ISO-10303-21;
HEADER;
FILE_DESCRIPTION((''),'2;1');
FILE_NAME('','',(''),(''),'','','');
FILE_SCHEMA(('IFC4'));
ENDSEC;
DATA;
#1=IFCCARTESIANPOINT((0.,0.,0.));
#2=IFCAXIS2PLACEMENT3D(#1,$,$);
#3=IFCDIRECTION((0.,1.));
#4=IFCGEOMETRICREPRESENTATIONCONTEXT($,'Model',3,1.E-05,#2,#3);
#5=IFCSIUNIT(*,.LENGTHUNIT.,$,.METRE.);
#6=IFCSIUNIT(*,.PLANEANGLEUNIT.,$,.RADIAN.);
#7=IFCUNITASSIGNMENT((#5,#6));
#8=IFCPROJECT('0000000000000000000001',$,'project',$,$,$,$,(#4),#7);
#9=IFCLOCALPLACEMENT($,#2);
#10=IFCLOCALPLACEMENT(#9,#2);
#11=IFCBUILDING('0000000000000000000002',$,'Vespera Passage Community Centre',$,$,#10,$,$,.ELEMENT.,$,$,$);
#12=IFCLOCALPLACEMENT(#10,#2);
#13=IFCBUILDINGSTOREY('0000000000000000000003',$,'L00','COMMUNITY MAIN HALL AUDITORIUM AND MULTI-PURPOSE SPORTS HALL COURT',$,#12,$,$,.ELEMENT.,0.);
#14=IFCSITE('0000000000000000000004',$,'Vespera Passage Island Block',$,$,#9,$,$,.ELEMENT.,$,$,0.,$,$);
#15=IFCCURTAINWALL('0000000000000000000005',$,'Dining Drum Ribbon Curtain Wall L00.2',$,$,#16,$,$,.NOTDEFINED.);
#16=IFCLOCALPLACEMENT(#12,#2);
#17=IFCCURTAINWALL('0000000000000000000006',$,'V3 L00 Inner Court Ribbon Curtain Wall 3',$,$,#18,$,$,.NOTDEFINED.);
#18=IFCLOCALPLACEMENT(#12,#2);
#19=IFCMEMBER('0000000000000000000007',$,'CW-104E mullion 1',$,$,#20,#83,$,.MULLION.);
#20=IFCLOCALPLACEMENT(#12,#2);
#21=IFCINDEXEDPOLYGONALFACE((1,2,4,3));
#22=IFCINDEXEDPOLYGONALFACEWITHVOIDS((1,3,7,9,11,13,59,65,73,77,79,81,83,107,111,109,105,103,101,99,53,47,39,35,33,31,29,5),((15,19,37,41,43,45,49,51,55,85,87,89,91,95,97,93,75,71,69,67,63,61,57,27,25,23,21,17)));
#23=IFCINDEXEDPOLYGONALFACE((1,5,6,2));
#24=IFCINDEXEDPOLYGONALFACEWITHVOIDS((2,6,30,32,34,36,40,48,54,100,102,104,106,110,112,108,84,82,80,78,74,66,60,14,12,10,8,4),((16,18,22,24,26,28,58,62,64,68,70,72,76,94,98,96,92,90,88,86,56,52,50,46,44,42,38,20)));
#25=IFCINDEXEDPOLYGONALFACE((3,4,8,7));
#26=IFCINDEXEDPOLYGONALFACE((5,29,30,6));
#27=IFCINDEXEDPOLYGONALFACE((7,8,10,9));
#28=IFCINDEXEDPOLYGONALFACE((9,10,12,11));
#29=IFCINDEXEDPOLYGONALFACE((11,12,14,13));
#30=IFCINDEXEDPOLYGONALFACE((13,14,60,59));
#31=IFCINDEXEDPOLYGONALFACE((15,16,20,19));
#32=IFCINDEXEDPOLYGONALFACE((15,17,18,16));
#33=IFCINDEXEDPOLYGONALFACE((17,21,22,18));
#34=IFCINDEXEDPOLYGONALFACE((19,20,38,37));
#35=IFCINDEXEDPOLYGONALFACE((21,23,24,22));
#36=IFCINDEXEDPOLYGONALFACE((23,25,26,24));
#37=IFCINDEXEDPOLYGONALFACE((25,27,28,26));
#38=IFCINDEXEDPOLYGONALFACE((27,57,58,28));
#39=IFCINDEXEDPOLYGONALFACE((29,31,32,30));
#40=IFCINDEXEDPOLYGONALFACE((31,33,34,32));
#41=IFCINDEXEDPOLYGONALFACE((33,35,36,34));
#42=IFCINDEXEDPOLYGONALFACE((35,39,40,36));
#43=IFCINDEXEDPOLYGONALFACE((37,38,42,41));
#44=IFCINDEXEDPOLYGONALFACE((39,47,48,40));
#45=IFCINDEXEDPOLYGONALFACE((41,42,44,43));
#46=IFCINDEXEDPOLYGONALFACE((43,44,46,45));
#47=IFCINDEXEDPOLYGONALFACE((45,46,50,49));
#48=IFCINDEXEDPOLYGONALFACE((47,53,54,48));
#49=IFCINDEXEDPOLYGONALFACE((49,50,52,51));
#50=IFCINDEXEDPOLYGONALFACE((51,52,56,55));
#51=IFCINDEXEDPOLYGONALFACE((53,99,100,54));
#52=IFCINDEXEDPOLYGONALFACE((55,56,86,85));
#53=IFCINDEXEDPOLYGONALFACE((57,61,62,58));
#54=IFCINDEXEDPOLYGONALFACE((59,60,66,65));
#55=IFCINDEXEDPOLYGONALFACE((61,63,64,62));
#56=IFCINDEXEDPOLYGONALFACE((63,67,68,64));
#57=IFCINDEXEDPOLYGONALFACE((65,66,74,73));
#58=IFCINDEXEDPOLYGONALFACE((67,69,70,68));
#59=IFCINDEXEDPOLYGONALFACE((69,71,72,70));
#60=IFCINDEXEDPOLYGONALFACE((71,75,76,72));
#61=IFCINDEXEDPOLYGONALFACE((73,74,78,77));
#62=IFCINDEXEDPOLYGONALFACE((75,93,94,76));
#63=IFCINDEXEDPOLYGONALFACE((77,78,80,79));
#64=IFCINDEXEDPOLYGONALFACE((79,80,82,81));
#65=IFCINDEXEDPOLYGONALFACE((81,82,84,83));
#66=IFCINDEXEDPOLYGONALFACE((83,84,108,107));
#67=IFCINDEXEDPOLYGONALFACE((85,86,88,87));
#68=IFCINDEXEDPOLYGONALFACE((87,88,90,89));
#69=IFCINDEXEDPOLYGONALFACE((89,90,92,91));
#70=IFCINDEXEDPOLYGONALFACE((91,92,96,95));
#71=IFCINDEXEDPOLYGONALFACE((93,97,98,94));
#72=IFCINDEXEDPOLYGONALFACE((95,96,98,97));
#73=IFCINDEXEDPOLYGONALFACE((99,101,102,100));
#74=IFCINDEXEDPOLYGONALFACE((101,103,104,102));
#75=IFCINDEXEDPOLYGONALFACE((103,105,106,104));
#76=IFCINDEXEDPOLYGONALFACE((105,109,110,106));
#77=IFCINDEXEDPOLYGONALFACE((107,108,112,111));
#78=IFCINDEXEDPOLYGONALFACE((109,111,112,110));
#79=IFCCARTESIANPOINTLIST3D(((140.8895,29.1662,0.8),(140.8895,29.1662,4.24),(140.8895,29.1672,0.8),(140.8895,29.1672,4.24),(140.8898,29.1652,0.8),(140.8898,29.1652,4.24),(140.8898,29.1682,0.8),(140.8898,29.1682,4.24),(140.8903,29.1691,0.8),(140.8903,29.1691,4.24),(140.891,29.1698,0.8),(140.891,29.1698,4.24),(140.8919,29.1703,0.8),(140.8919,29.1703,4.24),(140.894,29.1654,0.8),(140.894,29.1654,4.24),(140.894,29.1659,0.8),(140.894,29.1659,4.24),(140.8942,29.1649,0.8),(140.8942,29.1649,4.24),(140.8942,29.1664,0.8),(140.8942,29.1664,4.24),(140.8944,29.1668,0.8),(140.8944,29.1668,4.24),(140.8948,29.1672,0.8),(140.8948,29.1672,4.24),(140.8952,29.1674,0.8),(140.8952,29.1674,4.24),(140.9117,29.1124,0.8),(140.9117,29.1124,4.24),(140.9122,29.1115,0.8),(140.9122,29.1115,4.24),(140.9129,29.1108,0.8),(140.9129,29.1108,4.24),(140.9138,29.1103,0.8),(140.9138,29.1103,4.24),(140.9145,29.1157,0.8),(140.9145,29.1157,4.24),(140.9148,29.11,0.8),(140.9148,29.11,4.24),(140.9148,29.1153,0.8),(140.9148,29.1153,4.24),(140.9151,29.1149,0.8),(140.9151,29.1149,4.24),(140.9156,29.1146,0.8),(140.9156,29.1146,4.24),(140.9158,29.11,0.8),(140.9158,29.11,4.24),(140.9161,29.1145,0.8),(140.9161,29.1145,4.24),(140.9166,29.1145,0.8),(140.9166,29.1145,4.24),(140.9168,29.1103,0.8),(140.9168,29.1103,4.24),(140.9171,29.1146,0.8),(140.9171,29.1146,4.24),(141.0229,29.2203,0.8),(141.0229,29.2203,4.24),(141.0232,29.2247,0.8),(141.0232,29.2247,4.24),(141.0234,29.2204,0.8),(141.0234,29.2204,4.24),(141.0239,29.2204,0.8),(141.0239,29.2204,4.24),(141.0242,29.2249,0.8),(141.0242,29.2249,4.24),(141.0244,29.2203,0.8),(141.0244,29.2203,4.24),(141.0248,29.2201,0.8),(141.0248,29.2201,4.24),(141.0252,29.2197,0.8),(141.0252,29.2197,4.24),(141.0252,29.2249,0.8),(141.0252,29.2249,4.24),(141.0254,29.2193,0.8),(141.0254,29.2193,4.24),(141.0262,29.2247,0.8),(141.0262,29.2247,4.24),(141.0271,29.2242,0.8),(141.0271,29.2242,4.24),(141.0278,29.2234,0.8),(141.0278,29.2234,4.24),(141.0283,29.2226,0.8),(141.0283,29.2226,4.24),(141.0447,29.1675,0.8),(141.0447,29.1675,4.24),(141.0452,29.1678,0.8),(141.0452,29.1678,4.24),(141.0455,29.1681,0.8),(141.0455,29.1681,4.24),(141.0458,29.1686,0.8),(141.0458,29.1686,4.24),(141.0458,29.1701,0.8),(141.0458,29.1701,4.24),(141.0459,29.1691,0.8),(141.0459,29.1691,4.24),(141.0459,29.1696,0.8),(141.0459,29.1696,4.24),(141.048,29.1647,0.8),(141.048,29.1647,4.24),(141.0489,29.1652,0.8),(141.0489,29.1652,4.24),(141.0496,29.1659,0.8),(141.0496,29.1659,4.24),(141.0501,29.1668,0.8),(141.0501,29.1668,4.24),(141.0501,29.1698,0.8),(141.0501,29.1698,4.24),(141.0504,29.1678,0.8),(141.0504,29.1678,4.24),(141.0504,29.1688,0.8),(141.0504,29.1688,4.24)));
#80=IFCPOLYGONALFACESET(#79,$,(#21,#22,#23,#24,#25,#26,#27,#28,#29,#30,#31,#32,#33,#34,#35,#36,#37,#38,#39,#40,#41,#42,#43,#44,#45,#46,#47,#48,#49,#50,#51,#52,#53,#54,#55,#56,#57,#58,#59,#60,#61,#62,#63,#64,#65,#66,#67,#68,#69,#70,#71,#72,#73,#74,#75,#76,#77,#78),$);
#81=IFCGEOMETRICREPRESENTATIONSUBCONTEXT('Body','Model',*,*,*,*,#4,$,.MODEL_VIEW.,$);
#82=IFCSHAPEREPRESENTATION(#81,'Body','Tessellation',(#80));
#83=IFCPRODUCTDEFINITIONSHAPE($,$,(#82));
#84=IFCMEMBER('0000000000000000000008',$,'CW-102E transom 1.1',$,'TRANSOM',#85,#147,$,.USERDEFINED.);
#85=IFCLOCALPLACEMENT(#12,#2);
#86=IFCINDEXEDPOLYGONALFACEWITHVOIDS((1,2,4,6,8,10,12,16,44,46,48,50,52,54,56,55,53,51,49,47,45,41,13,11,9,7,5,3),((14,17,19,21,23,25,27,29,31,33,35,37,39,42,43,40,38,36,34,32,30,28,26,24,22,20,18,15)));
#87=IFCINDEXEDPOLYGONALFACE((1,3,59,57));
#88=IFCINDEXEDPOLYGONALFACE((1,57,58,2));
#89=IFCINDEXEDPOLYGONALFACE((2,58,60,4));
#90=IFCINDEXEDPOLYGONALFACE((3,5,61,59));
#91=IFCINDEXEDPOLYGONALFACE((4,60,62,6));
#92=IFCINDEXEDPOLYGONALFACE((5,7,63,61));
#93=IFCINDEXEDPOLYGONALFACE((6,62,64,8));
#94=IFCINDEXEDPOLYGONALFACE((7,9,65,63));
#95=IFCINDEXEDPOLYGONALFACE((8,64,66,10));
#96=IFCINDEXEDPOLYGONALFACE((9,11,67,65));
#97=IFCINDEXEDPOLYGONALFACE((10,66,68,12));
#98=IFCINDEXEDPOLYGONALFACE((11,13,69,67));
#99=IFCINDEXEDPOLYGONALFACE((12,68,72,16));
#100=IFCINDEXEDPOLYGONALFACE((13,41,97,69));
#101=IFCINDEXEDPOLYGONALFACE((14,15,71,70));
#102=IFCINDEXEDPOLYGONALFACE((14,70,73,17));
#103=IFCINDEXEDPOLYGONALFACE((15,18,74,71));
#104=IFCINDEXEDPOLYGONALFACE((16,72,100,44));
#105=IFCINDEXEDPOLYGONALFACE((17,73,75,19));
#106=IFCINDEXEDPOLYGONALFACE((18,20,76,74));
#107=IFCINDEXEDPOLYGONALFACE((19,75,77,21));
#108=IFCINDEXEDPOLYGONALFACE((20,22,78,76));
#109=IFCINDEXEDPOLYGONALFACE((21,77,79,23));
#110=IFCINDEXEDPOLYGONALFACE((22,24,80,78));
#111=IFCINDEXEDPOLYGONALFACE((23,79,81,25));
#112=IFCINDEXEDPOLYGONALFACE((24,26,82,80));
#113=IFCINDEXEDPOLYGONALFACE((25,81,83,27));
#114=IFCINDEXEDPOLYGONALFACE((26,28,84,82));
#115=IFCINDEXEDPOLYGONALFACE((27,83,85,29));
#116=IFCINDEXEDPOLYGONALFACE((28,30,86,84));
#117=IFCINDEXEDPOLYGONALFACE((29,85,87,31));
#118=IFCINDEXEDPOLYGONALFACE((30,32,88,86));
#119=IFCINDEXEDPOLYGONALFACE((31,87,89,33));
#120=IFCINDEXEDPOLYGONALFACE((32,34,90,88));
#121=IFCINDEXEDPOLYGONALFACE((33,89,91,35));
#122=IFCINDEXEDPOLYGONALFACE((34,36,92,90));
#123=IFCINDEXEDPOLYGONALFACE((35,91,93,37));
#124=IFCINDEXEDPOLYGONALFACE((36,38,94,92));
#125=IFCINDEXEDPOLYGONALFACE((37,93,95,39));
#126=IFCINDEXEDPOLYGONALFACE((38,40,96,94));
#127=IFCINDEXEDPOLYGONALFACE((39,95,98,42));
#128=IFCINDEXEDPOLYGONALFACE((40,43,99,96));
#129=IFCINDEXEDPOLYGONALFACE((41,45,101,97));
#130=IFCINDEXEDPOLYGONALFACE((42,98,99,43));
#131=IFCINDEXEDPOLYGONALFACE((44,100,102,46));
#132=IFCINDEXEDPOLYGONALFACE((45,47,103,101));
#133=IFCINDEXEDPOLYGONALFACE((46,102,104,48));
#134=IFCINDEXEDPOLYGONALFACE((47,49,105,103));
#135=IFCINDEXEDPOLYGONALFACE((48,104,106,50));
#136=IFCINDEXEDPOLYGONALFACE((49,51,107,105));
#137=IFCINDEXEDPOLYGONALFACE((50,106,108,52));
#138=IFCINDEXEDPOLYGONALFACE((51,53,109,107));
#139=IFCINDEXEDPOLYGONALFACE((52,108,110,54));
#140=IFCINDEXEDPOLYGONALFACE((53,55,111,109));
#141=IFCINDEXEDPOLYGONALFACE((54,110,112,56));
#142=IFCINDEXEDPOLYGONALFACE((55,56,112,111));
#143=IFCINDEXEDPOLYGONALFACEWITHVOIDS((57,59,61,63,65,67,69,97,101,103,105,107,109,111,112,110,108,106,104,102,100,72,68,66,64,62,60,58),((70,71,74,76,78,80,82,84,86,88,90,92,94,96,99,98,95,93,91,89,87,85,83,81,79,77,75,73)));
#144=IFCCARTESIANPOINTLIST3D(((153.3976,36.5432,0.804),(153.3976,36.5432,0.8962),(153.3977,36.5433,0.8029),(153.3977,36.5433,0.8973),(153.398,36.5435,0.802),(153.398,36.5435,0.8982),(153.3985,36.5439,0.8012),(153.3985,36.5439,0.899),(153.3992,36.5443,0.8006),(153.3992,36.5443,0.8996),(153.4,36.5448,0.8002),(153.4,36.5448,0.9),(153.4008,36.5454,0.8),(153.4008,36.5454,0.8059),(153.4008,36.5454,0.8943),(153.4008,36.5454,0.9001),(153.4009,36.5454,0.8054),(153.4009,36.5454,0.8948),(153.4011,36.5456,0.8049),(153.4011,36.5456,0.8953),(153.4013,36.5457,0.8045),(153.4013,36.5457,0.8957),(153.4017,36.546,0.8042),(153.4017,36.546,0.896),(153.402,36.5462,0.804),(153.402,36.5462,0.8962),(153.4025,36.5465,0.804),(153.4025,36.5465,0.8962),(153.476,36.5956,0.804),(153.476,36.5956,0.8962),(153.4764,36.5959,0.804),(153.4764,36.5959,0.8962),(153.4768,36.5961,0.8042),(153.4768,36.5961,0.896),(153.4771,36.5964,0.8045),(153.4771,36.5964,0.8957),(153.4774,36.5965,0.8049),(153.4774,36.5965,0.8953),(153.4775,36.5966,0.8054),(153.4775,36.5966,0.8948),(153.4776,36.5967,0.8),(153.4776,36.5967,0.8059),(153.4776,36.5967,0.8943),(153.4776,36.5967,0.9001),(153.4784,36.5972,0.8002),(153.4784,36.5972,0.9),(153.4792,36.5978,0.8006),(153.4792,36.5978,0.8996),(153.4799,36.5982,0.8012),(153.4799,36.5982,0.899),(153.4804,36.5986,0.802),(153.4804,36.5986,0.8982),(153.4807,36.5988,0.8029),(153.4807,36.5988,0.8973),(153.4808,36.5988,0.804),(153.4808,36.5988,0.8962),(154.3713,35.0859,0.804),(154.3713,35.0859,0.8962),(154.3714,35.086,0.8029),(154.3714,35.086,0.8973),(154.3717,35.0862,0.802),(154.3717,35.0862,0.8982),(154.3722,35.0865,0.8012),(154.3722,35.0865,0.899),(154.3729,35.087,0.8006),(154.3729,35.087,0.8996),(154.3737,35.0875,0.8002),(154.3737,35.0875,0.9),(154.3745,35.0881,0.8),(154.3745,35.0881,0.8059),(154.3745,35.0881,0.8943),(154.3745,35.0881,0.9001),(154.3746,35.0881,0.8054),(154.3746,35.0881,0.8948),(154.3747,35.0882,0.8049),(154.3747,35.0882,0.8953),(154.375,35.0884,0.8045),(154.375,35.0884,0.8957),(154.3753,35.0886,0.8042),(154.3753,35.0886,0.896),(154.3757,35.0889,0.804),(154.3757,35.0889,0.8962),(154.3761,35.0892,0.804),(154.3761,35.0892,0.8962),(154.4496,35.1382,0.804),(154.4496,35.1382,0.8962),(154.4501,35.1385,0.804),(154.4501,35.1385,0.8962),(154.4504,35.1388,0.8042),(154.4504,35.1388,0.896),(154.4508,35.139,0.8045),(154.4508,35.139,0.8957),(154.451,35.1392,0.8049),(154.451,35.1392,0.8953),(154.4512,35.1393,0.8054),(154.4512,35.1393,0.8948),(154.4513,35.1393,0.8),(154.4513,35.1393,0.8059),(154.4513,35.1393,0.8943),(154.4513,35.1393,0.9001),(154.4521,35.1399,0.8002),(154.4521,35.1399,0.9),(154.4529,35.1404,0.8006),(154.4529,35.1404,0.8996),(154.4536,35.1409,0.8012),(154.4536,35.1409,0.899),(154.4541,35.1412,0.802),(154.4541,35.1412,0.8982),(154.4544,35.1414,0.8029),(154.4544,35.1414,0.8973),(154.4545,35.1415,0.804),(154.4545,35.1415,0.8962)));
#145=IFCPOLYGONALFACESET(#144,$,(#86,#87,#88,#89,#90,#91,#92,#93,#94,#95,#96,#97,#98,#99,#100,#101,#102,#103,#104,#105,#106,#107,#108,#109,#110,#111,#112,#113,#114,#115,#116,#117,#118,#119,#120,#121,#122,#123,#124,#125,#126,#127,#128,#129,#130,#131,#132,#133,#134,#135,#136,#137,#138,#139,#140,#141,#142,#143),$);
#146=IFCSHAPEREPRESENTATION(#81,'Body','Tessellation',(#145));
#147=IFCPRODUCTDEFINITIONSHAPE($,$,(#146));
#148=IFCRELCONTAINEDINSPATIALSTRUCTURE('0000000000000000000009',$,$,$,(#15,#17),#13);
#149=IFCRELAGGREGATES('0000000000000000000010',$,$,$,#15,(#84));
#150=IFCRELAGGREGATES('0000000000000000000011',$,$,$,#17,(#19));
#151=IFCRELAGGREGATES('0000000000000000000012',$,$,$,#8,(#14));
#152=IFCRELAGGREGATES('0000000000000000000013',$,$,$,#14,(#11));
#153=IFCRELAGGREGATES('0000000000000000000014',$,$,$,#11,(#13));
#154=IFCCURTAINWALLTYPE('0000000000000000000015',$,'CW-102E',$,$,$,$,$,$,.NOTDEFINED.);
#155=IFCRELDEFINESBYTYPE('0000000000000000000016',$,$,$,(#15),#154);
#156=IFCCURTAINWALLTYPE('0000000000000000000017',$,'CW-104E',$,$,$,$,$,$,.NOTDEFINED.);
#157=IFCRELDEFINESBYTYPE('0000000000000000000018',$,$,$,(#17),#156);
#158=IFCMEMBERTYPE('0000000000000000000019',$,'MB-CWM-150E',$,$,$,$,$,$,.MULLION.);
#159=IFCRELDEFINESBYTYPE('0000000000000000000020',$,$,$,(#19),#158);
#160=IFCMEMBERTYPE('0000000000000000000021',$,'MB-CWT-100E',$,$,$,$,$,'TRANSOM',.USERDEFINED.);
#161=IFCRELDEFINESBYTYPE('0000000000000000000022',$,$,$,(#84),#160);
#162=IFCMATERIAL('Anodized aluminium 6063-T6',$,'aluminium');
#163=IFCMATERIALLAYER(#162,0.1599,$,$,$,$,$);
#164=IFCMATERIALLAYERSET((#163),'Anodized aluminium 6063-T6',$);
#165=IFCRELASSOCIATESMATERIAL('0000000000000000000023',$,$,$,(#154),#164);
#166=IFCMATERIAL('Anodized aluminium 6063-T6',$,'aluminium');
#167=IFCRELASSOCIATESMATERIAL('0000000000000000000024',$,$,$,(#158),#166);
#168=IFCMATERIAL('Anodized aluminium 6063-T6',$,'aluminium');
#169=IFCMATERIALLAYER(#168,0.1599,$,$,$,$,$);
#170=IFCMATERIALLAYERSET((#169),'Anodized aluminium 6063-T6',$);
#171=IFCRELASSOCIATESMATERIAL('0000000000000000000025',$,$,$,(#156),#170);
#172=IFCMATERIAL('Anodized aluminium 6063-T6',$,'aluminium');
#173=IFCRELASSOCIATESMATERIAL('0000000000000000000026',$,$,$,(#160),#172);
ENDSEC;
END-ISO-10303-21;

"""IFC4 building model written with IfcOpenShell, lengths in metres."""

from ifc_helpers import new_model, si_unit, direction, frame, origin, origin_2d, place, context, subcontext, project, spatial, hollow_rectangle, extrude, material, layer, layer_set, material_profile, profile_set, type_object, element, aggregate, save


model = new_model("IFC4")

# Units and contexts
model_context = context("Model", 3, precision=1e-05, world=origin(), true_north=direction((0.0, 1.0)))
body_context = subcontext(model_context, "Body", "Model", "MODEL_VIEW")
ifc_project = project(units=[si_unit("LENGTHUNIT", "METRE"), si_unit("PLANEANGLEUNIT", "RADIAN")], contexts=[model_context])

# Site, building, storey
site_placement = place(None, origin())
site = spatial("IfcSite", under=ifc_project, at=site_placement, Name="Vespera Passage Island Block", CompositionType="ELEMENT", RefElevation=0.0)
building_placement = place(site_placement, origin())
building = spatial("IfcBuilding", under=site, at=building_placement, Name="Vespera Passage Community Centre", CompositionType="ELEMENT")
storey_placement = place(building_placement, origin())
storey = spatial("IfcBuildingStorey", under=building, at=storey_placement, Name="L00", Description="COMMUNITY MAIN HALL AUDITORIUM AND MULTI-PURPOSE SPORTS HALL COURT", CompositionType="ELEMENT", Elevation=0.0)

# Curtain walls, member
ifc_material_1 = material(Name="Anodized aluminium 6063-T6", Category="aluminium")
ifc_layer_1 = layer(ifc_material_1, 0.1599)
ifc_layer_set_1 = layer_set([ifc_layer_1], Name="Anodized aluminium 6063-T6")
curtain_wall_type_1 = type_object("IfcCurtainWallType", Name="CW-102E", PredefinedType="NOTDEFINED", material=ifc_layer_set_1)
curtain_wall_1_placement = place(storey_placement, origin())
curtain_wall_1 = element("IfcCurtainWall", 1, at=curtain_wall_1_placement, inside=storey, type_object=curtain_wall_type_1, Name="Dining Drum Ribbon Curtain Wall L00.2", PredefinedType="NOTDEFINED")
ifc_material_2 = material(Name="Anodized aluminium 6063-T6", Category="aluminium")
ifc_material_profile_1 = material_profile(ifc_material_2, hollow_rectangle(XDim=0.0649, YDim=0.1499, WallThickness=0.0039, InnerFilletRadius=0.002, OuterFilletRadius=0.0039, at=origin_2d()), Name="ALU150X65X4")
ifc_profile_set_1 = profile_set([ifc_material_profile_1], Name="Anodized aluminium 6063-T6")
member_type_1 = type_object("IfcMemberType", Name="MB-CWM-150E", PredefinedType="MULLION", material=ifc_profile_set_1)
ifc_material_3 = material(Name="Anodized aluminium 6063-T6", Category="aluminium")
ifc_layer_2 = layer(ifc_material_3, 0.1599)
ifc_layer_set_2 = layer_set([ifc_layer_2], Name="Anodized aluminium 6063-T6")
curtain_wall_type_2 = type_object("IfcCurtainWallType", Name="CW-104E", PredefinedType="NOTDEFINED", material=ifc_layer_set_2)
curtain_wall_2_placement = place(storey_placement, origin())
curtain_wall_2 = element("IfcCurtainWall", 2, at=curtain_wall_2_placement, inside=storey, type_object=curtain_wall_type_2, Name="V3 L00 Inner Court Ribbon Curtain Wall 3", PredefinedType="NOTDEFINED")
member_1_placement = place(storey_placement, frame((140.97, 29.1675, 0.8), z_axis=(0.0, 0.0, 1.0), x_axis=(0.382686, -0.923879, 0.0)))
member_1 = element("IfcMember", 3, at=member_1_placement, type_object=member_type_1, Name="CW-104E mullion 1", PredefinedType="MULLION", context=body_context, shape_type="SweptSolid", body=[
    extrude(hollow_rectangle(XDim=0.0649, YDim=0.1499, WallThickness=0.0039, InnerFilletRadius=0.002, OuterFilletRadius=0.0039, at=origin_2d()), origin(), (0.0, 0.0, 1.0), 3.4399),
])

# Member
ifc_material_4 = material(Name="Anodized aluminium 6063-T6", Category="aluminium")
ifc_material_profile_2 = material_profile(ifc_material_4, hollow_rectangle(XDim=0.1001, YDim=0.1001, WallThickness=0.0039, InnerFilletRadius=0.002, OuterFilletRadius=0.0039, at=origin_2d()), Name="ALU100X100X4")
ifc_profile_set_2 = profile_set([ifc_material_profile_2], Name="Anodized aluminium 6063-T6")
member_type_2 = type_object("IfcMemberType", Name="MB-CWT-100E", ElementType="TRANSOM", PredefinedType="USERDEFINED", material=ifc_profile_set_2)
member_2_placement = place(storey_placement, frame((153.4392, 36.571, 0.8501), z_axis=(0.555536, -0.831493, 0.0), x_axis=(0.831493, 0.555536, 0.0)))
member_2 = element("IfcMember", 4, at=member_2_placement, type_object=member_type_2, Name="CW-102E transom 1.1", ObjectType="TRANSOM", PredefinedType="USERDEFINED", context=body_context, shape_type="SweptSolid", body=[
    extrude(hollow_rectangle(XDim=0.1001, YDim=0.1001, WallThickness=0.0039, InnerFilletRadius=0.002, OuterFilletRadius=0.0039, at=origin_2d()), origin(), (0.0, 0.0, 1.0), 1.7527),
])
aggregate(curtain_wall_1, [member_2])
aggregate(curtain_wall_2, [member_1])

save(model, "model.ifc")
